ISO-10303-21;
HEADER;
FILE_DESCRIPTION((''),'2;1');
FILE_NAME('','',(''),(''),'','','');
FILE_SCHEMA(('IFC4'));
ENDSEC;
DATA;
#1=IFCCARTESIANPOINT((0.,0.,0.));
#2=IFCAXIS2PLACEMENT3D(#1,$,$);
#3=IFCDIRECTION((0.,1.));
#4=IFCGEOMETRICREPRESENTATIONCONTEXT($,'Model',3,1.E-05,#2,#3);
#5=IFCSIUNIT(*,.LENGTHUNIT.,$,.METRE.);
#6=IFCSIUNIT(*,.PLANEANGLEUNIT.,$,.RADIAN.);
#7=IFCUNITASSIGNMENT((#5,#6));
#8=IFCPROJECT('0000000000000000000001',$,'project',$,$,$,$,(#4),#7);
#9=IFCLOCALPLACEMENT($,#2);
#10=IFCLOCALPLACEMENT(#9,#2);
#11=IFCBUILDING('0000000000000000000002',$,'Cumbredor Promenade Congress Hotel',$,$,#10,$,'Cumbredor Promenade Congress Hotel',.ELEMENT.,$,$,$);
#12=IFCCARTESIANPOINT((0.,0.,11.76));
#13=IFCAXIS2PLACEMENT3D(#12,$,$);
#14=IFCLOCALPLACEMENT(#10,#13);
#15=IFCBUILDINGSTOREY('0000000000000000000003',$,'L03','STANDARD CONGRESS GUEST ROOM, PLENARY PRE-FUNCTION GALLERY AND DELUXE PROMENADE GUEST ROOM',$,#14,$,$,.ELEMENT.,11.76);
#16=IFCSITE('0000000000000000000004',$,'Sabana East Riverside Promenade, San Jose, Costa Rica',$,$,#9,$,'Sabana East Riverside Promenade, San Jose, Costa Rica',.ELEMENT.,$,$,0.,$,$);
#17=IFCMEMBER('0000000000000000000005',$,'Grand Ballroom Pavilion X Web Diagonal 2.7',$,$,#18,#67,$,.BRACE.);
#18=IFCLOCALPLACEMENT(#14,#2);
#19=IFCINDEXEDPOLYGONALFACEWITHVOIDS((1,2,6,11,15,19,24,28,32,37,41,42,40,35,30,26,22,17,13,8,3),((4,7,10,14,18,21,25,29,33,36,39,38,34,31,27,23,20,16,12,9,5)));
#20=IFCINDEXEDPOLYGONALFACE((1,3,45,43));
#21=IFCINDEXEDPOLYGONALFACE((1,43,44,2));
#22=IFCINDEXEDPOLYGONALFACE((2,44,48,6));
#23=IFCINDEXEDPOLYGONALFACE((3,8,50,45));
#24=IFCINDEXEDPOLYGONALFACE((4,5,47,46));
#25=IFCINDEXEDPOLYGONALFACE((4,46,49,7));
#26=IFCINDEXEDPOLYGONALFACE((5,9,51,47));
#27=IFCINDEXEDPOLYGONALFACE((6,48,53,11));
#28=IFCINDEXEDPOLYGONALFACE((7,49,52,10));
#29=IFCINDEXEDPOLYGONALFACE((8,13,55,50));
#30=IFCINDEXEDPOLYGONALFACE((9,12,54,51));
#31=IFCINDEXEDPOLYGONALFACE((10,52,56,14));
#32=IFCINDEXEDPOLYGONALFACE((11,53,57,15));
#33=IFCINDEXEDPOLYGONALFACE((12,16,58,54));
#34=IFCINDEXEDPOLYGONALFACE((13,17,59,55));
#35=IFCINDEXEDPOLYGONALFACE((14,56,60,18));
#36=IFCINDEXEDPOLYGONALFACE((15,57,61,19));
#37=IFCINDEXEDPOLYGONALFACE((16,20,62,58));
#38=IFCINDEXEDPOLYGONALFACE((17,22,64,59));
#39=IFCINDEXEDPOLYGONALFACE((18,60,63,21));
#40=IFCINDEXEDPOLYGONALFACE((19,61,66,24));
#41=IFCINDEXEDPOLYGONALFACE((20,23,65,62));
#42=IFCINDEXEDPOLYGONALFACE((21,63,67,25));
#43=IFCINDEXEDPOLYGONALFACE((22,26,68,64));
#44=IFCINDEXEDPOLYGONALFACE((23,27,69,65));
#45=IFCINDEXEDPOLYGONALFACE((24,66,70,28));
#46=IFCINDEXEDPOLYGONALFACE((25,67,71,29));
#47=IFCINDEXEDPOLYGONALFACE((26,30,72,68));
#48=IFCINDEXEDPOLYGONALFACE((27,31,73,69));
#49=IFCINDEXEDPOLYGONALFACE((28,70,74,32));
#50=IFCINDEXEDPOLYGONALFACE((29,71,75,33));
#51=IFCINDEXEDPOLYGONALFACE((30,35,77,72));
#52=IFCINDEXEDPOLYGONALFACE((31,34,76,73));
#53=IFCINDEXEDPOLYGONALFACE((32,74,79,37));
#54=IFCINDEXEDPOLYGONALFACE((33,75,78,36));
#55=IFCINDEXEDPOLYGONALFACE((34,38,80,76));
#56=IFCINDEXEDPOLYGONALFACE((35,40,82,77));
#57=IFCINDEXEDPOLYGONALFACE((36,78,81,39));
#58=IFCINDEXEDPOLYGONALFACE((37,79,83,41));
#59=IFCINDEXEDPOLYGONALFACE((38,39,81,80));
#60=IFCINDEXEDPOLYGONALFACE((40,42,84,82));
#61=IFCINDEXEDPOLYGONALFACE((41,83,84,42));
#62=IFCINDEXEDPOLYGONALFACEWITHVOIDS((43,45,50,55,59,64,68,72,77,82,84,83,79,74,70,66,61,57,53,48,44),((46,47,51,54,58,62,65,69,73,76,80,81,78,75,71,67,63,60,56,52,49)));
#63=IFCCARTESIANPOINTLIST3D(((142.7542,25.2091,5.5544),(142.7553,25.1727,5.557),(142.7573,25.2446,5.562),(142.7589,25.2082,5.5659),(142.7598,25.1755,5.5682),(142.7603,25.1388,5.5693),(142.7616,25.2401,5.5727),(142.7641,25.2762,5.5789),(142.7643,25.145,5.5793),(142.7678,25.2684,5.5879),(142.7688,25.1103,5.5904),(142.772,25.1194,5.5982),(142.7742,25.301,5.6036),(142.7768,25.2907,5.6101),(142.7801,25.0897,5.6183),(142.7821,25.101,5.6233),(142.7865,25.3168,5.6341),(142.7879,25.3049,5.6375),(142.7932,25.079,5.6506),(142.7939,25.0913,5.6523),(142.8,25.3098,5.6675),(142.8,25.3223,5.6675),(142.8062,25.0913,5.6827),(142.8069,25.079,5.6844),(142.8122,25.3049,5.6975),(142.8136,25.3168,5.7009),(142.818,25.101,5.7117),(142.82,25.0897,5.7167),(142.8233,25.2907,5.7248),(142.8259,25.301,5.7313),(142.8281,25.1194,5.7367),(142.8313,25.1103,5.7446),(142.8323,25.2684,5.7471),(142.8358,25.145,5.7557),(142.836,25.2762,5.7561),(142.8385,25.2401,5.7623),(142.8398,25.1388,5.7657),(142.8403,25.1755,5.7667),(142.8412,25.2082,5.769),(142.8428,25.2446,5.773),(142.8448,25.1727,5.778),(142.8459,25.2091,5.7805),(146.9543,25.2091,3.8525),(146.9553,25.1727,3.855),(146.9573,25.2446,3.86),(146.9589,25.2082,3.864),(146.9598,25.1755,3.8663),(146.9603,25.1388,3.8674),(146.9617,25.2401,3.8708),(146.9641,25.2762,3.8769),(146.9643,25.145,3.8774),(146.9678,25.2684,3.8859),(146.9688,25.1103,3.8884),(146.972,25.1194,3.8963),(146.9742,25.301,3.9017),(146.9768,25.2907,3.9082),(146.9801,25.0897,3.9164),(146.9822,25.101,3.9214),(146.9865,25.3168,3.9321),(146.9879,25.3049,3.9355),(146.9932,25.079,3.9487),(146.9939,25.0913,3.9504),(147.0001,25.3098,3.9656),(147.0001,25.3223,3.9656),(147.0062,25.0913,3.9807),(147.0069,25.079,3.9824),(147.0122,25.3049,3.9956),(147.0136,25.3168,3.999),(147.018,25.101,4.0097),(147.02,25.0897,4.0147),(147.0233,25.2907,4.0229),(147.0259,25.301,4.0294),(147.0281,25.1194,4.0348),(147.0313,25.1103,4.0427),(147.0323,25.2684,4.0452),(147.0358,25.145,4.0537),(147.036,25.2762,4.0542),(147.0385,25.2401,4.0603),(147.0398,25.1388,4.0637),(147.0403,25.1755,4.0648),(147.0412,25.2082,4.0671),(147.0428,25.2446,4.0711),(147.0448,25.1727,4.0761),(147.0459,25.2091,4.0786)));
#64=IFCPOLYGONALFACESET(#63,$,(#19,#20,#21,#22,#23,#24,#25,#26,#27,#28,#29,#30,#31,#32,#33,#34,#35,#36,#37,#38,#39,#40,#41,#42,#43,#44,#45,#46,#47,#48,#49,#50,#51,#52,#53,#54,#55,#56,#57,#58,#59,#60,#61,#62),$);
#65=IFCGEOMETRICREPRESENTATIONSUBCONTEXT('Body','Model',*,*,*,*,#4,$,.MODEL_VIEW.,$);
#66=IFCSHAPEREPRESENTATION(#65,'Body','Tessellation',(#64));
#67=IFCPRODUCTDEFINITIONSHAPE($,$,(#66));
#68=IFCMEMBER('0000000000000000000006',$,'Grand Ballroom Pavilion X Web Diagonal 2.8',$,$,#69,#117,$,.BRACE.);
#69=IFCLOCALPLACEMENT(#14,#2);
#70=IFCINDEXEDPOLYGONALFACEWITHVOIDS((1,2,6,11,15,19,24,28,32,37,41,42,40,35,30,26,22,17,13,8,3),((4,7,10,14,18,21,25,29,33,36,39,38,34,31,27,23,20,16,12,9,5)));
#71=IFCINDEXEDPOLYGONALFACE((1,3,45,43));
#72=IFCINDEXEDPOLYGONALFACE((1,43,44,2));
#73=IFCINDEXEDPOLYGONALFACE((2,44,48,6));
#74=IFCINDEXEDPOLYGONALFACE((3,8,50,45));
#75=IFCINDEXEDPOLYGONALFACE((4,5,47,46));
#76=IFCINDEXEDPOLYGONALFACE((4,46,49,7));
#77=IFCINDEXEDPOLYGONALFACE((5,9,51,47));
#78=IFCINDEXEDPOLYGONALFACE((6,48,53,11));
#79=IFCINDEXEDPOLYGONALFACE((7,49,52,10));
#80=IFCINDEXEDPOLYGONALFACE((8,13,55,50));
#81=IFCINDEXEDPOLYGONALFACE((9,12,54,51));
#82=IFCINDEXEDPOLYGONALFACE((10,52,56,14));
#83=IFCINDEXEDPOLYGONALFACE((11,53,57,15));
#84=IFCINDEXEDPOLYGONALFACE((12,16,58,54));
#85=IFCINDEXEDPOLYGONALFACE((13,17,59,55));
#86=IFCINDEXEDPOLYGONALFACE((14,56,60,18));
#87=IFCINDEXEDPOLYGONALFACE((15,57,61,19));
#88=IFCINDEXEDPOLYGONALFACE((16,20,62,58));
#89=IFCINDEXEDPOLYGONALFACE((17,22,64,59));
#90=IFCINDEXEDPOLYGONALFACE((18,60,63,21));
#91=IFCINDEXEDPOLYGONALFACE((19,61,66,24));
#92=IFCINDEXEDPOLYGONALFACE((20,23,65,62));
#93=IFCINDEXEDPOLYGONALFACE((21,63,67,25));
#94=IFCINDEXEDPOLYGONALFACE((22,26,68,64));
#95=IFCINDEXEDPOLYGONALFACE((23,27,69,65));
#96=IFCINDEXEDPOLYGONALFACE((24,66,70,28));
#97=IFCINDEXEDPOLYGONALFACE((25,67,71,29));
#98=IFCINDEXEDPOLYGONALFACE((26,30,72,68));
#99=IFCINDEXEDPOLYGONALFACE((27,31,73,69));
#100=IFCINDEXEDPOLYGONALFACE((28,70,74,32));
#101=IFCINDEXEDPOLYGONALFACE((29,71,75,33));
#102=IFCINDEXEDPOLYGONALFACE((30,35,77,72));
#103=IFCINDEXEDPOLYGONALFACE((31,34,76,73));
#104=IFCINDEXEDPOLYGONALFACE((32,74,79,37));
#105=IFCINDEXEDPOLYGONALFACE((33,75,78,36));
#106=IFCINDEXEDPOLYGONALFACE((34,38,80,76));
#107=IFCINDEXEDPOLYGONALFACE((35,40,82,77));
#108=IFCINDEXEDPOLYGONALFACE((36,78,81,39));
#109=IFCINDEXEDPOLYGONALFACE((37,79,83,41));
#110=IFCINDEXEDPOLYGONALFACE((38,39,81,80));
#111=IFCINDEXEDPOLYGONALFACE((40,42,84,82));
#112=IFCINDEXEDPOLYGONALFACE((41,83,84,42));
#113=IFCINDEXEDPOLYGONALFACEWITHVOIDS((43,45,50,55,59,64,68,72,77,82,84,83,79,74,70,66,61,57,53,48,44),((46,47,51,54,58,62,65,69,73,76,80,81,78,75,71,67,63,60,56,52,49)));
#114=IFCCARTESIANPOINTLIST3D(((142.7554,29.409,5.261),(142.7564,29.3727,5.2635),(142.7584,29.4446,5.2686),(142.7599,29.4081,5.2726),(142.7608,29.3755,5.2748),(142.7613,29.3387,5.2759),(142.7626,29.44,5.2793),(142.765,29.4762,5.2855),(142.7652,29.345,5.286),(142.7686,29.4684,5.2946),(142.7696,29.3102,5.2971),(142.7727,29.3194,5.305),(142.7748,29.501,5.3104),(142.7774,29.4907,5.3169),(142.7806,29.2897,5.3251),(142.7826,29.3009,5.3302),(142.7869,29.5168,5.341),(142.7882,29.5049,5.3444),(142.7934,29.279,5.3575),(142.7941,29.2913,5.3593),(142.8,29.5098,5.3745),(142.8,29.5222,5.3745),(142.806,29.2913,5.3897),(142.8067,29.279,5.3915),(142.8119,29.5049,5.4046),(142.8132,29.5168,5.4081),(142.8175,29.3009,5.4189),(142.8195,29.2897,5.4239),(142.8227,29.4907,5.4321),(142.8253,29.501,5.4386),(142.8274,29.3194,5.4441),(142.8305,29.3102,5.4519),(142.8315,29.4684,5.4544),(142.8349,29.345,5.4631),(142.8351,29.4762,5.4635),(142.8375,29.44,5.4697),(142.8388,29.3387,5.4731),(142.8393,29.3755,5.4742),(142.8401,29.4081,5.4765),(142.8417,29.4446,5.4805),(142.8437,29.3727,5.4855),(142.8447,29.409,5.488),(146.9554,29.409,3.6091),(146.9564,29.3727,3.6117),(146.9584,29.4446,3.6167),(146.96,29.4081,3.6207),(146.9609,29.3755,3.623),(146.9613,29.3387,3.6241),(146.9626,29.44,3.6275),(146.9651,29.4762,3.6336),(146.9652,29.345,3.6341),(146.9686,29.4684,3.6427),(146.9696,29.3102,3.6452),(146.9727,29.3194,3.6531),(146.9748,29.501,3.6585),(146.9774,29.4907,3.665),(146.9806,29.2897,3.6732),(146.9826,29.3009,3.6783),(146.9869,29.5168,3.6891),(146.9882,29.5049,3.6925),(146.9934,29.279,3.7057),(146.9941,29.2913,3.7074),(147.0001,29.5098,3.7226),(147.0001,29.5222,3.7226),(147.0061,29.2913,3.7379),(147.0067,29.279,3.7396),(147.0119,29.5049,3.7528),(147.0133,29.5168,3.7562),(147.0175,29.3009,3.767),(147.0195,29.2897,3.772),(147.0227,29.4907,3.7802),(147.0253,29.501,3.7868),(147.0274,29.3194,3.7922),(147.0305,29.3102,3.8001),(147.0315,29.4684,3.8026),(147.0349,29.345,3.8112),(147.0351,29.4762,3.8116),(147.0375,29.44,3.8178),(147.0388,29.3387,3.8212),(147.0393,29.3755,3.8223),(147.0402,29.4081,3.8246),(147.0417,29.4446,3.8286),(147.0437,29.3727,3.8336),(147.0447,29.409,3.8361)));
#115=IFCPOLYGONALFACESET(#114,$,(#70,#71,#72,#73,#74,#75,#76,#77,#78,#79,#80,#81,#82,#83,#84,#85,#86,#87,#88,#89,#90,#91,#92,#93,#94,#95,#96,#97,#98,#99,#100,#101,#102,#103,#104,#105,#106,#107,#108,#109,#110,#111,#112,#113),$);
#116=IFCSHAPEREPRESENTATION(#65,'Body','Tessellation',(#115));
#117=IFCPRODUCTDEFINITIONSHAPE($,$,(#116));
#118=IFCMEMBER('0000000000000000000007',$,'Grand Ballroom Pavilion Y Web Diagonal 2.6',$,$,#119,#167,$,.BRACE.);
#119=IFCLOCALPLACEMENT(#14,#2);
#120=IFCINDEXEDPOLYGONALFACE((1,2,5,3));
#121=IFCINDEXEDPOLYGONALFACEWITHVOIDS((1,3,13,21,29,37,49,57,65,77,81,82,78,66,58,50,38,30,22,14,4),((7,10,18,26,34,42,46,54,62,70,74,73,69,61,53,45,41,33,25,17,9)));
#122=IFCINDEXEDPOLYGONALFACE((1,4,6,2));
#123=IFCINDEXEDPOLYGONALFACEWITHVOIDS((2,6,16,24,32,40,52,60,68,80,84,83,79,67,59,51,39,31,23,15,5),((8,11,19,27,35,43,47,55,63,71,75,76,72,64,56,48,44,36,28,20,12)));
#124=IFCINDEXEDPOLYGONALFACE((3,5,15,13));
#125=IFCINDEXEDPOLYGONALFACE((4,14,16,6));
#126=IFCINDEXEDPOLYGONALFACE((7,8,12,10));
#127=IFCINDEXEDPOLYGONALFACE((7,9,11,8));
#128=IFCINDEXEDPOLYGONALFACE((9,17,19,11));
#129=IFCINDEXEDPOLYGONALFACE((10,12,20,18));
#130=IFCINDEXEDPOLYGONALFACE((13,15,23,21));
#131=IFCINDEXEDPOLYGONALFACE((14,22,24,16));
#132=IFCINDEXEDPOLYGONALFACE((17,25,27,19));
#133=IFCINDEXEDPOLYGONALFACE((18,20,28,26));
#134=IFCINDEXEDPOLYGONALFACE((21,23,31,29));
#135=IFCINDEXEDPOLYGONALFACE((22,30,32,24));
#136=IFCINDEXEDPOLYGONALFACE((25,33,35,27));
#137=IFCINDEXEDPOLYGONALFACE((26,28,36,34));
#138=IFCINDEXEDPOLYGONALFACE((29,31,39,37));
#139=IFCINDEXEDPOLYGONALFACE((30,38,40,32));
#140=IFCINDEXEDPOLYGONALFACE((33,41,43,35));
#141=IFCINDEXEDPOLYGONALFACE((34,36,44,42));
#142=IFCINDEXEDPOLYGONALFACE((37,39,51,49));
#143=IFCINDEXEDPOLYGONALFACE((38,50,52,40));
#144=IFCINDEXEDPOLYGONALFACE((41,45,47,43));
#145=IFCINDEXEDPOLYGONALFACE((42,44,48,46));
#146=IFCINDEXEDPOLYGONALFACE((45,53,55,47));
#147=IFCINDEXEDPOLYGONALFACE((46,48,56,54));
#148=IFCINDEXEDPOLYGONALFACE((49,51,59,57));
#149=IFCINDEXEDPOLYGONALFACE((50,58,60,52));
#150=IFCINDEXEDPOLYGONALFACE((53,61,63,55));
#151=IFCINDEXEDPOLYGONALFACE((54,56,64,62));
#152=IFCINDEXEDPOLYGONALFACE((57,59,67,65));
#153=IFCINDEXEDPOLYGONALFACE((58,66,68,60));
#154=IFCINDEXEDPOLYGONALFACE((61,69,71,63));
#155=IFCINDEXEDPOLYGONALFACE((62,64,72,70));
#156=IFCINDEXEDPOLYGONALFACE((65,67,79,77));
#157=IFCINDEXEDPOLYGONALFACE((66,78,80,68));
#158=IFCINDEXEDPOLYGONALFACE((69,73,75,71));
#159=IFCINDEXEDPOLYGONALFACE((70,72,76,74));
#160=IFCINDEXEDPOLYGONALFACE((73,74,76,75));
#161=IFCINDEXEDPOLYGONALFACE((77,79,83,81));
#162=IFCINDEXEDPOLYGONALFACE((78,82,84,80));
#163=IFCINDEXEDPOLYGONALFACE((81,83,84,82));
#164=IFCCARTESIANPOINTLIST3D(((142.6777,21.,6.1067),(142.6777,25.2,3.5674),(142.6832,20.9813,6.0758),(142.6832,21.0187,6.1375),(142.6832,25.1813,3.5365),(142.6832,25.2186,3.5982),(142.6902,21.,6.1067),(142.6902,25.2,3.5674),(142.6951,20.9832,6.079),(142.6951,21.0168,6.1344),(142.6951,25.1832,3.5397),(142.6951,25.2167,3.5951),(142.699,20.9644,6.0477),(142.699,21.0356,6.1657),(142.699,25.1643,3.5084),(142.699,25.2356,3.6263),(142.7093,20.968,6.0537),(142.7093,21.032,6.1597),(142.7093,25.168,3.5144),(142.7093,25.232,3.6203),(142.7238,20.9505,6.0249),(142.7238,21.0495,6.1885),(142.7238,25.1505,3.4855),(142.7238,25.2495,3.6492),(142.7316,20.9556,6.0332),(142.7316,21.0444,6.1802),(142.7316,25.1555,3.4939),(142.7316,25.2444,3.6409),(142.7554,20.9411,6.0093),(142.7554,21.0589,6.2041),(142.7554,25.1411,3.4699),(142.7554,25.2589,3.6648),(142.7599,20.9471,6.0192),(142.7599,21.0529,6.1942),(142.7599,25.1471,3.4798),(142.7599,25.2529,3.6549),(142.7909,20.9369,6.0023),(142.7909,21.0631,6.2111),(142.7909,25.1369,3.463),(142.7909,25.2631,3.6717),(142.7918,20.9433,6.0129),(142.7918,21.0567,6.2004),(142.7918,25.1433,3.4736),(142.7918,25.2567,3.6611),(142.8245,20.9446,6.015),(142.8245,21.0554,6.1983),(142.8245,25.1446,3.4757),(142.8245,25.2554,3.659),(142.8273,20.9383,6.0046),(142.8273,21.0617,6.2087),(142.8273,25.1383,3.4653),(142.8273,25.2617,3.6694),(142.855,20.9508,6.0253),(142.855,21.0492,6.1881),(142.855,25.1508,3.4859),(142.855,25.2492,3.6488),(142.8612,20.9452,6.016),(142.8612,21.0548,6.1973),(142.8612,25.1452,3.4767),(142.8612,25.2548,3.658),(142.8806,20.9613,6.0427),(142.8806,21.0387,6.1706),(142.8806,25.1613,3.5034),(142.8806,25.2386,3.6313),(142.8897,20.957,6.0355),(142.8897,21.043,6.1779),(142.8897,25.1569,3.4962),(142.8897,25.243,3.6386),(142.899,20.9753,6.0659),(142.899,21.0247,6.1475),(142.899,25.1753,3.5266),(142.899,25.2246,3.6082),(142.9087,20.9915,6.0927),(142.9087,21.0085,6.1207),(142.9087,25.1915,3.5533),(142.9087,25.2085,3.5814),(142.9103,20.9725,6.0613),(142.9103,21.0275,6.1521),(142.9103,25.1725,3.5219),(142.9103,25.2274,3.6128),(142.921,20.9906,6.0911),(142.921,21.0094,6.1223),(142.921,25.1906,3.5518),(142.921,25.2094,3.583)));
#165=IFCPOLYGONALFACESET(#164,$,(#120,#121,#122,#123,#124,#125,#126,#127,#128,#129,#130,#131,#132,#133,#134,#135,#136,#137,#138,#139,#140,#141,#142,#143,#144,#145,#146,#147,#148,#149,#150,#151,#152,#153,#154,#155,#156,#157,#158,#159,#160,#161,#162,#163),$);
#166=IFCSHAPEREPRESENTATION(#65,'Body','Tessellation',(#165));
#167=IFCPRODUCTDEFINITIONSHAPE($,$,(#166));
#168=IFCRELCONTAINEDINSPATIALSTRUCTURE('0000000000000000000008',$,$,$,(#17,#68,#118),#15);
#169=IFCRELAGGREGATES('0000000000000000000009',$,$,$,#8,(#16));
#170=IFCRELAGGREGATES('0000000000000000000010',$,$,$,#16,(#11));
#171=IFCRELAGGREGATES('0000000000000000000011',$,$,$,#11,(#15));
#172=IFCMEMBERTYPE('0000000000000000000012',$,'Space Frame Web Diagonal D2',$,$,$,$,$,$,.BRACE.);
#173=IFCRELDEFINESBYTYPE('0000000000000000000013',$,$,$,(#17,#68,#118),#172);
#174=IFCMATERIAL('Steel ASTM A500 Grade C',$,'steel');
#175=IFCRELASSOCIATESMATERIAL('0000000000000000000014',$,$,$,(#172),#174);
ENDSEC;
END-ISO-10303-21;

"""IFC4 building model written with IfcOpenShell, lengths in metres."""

from ifc_helpers import new_model, si_unit, direction, frame, origin, origin_2d, place, context, subcontext, project, spatial, hollow_circle, extrude, material, material_profile, profile_set, type_object, element, save


model = new_model("IFC4")

# Units and contexts
model_context = context("Model", 3, precision=1e-05, world=origin(), true_north=direction((0.0, 1.0)))
body_context = subcontext(model_context, "Body", "Model", "MODEL_VIEW")
ifc_project = project(units=[si_unit("LENGTHUNIT", "METRE"), si_unit("PLANEANGLEUNIT", "RADIAN")], contexts=[model_context])

# Site, building, storey
site_placement = place(None, origin())
site = spatial("IfcSite", under=ifc_project, at=site_placement, Name="Sabana East Riverside Promenade, San Jose, Costa Rica", LongName="Sabana East Riverside Promenade, San Jose, Costa Rica", CompositionType="ELEMENT", RefElevation=0.0)
building_placement = place(site_placement, origin())
building = spatial("IfcBuilding", under=site, at=building_placement, Name="Cumbredor Promenade Congress Hotel", LongName="Cumbredor Promenade Congress Hotel", CompositionType="ELEMENT")
storey_placement = place(building_placement, frame((0.0, 0.0, 11.76)))
storey = spatial("IfcBuildingStorey", under=building, at=storey_placement, Name="L03", Description="STANDARD CONGRESS GUEST ROOM, PLENARY PRE-FUNCTION GALLERY AND DELUXE PROMENADE GUEST ROOM", CompositionType="ELEMENT", Elevation=11.76)

# Shared definitions
ifc_material_1 = material(Name="Steel ASTM A500 Grade C", Category="steel")

# Members
ifc_material_profile_1 = material_profile(ifc_material_1, hollow_circle(Radius=0.1223, WallThickness=0.0125, at=origin_2d()), Name="CHS 244.5x12.5")
ifc_profile_set_1 = profile_set([ifc_material_profile_1], Name="Steel ASTM A500 Grade C")
member_type_1 = type_object("IfcMemberType", Name="Space Frame Web Diagonal D2", PredefinedType="BRACE", material=ifc_profile_set_1)
member_1_placement = place(storey_placement, frame((142.8, 25.2, 5.6675), z_axis=(0.926799, 0.0, -0.375558), x_axis=(0.0, 1.0, 0.0)))
element("IfcMember", 1, at=member_1_placement, inside=storey, type_object=member_type_1, Name="Grand Ballroom Pavilion X Web Diagonal 2.7", PredefinedType="BRACE", context=body_context, shape_type="SweptSolid", body=[
    extrude(hollow_circle(Radius=0.1223, WallThickness=0.0125, at=origin_2d()), origin(), (0.0, 0.0, 1.0), 4.5317),
])
member_2_placement = place(storey_placement, frame((142.8, 29.3999, 5.3745), z_axis=(0.93061, 0.0, -0.366012), x_axis=(0.0, 1.0, 0.0)))
element("IfcMember", 2, at=member_2_placement, inside=storey, type_object=member_type_1, Name="Grand Ballroom Pavilion X Web Diagonal 2.8", PredefinedType="BRACE", context=body_context, shape_type="SweptSolid", body=[
    extrude(hollow_circle(Radius=0.1223, WallThickness=0.0125, at=origin_2d()), origin(), (0.0, 0.0, 1.0), 4.5132),
])
member_3_placement = place(storey_placement, frame((142.8, 21.0, 6.1067), z_axis=(0.0, 0.85575, -0.51739), x_axis=(-1.0, 0.0, 0.0)))
element("IfcMember", 3, at=member_3_placement, inside=storey, type_object=member_type_1, Name="Grand Ballroom Pavilion Y Web Diagonal 2.6", PredefinedType="BRACE", context=body_context, shape_type="SweptSolid", body=[
    extrude(hollow_circle(Radius=0.1223, WallThickness=0.0125, at=origin_2d()), origin(), (0.0, 0.0, 1.0), 4.908),
])

save(model, "model.ifc")
